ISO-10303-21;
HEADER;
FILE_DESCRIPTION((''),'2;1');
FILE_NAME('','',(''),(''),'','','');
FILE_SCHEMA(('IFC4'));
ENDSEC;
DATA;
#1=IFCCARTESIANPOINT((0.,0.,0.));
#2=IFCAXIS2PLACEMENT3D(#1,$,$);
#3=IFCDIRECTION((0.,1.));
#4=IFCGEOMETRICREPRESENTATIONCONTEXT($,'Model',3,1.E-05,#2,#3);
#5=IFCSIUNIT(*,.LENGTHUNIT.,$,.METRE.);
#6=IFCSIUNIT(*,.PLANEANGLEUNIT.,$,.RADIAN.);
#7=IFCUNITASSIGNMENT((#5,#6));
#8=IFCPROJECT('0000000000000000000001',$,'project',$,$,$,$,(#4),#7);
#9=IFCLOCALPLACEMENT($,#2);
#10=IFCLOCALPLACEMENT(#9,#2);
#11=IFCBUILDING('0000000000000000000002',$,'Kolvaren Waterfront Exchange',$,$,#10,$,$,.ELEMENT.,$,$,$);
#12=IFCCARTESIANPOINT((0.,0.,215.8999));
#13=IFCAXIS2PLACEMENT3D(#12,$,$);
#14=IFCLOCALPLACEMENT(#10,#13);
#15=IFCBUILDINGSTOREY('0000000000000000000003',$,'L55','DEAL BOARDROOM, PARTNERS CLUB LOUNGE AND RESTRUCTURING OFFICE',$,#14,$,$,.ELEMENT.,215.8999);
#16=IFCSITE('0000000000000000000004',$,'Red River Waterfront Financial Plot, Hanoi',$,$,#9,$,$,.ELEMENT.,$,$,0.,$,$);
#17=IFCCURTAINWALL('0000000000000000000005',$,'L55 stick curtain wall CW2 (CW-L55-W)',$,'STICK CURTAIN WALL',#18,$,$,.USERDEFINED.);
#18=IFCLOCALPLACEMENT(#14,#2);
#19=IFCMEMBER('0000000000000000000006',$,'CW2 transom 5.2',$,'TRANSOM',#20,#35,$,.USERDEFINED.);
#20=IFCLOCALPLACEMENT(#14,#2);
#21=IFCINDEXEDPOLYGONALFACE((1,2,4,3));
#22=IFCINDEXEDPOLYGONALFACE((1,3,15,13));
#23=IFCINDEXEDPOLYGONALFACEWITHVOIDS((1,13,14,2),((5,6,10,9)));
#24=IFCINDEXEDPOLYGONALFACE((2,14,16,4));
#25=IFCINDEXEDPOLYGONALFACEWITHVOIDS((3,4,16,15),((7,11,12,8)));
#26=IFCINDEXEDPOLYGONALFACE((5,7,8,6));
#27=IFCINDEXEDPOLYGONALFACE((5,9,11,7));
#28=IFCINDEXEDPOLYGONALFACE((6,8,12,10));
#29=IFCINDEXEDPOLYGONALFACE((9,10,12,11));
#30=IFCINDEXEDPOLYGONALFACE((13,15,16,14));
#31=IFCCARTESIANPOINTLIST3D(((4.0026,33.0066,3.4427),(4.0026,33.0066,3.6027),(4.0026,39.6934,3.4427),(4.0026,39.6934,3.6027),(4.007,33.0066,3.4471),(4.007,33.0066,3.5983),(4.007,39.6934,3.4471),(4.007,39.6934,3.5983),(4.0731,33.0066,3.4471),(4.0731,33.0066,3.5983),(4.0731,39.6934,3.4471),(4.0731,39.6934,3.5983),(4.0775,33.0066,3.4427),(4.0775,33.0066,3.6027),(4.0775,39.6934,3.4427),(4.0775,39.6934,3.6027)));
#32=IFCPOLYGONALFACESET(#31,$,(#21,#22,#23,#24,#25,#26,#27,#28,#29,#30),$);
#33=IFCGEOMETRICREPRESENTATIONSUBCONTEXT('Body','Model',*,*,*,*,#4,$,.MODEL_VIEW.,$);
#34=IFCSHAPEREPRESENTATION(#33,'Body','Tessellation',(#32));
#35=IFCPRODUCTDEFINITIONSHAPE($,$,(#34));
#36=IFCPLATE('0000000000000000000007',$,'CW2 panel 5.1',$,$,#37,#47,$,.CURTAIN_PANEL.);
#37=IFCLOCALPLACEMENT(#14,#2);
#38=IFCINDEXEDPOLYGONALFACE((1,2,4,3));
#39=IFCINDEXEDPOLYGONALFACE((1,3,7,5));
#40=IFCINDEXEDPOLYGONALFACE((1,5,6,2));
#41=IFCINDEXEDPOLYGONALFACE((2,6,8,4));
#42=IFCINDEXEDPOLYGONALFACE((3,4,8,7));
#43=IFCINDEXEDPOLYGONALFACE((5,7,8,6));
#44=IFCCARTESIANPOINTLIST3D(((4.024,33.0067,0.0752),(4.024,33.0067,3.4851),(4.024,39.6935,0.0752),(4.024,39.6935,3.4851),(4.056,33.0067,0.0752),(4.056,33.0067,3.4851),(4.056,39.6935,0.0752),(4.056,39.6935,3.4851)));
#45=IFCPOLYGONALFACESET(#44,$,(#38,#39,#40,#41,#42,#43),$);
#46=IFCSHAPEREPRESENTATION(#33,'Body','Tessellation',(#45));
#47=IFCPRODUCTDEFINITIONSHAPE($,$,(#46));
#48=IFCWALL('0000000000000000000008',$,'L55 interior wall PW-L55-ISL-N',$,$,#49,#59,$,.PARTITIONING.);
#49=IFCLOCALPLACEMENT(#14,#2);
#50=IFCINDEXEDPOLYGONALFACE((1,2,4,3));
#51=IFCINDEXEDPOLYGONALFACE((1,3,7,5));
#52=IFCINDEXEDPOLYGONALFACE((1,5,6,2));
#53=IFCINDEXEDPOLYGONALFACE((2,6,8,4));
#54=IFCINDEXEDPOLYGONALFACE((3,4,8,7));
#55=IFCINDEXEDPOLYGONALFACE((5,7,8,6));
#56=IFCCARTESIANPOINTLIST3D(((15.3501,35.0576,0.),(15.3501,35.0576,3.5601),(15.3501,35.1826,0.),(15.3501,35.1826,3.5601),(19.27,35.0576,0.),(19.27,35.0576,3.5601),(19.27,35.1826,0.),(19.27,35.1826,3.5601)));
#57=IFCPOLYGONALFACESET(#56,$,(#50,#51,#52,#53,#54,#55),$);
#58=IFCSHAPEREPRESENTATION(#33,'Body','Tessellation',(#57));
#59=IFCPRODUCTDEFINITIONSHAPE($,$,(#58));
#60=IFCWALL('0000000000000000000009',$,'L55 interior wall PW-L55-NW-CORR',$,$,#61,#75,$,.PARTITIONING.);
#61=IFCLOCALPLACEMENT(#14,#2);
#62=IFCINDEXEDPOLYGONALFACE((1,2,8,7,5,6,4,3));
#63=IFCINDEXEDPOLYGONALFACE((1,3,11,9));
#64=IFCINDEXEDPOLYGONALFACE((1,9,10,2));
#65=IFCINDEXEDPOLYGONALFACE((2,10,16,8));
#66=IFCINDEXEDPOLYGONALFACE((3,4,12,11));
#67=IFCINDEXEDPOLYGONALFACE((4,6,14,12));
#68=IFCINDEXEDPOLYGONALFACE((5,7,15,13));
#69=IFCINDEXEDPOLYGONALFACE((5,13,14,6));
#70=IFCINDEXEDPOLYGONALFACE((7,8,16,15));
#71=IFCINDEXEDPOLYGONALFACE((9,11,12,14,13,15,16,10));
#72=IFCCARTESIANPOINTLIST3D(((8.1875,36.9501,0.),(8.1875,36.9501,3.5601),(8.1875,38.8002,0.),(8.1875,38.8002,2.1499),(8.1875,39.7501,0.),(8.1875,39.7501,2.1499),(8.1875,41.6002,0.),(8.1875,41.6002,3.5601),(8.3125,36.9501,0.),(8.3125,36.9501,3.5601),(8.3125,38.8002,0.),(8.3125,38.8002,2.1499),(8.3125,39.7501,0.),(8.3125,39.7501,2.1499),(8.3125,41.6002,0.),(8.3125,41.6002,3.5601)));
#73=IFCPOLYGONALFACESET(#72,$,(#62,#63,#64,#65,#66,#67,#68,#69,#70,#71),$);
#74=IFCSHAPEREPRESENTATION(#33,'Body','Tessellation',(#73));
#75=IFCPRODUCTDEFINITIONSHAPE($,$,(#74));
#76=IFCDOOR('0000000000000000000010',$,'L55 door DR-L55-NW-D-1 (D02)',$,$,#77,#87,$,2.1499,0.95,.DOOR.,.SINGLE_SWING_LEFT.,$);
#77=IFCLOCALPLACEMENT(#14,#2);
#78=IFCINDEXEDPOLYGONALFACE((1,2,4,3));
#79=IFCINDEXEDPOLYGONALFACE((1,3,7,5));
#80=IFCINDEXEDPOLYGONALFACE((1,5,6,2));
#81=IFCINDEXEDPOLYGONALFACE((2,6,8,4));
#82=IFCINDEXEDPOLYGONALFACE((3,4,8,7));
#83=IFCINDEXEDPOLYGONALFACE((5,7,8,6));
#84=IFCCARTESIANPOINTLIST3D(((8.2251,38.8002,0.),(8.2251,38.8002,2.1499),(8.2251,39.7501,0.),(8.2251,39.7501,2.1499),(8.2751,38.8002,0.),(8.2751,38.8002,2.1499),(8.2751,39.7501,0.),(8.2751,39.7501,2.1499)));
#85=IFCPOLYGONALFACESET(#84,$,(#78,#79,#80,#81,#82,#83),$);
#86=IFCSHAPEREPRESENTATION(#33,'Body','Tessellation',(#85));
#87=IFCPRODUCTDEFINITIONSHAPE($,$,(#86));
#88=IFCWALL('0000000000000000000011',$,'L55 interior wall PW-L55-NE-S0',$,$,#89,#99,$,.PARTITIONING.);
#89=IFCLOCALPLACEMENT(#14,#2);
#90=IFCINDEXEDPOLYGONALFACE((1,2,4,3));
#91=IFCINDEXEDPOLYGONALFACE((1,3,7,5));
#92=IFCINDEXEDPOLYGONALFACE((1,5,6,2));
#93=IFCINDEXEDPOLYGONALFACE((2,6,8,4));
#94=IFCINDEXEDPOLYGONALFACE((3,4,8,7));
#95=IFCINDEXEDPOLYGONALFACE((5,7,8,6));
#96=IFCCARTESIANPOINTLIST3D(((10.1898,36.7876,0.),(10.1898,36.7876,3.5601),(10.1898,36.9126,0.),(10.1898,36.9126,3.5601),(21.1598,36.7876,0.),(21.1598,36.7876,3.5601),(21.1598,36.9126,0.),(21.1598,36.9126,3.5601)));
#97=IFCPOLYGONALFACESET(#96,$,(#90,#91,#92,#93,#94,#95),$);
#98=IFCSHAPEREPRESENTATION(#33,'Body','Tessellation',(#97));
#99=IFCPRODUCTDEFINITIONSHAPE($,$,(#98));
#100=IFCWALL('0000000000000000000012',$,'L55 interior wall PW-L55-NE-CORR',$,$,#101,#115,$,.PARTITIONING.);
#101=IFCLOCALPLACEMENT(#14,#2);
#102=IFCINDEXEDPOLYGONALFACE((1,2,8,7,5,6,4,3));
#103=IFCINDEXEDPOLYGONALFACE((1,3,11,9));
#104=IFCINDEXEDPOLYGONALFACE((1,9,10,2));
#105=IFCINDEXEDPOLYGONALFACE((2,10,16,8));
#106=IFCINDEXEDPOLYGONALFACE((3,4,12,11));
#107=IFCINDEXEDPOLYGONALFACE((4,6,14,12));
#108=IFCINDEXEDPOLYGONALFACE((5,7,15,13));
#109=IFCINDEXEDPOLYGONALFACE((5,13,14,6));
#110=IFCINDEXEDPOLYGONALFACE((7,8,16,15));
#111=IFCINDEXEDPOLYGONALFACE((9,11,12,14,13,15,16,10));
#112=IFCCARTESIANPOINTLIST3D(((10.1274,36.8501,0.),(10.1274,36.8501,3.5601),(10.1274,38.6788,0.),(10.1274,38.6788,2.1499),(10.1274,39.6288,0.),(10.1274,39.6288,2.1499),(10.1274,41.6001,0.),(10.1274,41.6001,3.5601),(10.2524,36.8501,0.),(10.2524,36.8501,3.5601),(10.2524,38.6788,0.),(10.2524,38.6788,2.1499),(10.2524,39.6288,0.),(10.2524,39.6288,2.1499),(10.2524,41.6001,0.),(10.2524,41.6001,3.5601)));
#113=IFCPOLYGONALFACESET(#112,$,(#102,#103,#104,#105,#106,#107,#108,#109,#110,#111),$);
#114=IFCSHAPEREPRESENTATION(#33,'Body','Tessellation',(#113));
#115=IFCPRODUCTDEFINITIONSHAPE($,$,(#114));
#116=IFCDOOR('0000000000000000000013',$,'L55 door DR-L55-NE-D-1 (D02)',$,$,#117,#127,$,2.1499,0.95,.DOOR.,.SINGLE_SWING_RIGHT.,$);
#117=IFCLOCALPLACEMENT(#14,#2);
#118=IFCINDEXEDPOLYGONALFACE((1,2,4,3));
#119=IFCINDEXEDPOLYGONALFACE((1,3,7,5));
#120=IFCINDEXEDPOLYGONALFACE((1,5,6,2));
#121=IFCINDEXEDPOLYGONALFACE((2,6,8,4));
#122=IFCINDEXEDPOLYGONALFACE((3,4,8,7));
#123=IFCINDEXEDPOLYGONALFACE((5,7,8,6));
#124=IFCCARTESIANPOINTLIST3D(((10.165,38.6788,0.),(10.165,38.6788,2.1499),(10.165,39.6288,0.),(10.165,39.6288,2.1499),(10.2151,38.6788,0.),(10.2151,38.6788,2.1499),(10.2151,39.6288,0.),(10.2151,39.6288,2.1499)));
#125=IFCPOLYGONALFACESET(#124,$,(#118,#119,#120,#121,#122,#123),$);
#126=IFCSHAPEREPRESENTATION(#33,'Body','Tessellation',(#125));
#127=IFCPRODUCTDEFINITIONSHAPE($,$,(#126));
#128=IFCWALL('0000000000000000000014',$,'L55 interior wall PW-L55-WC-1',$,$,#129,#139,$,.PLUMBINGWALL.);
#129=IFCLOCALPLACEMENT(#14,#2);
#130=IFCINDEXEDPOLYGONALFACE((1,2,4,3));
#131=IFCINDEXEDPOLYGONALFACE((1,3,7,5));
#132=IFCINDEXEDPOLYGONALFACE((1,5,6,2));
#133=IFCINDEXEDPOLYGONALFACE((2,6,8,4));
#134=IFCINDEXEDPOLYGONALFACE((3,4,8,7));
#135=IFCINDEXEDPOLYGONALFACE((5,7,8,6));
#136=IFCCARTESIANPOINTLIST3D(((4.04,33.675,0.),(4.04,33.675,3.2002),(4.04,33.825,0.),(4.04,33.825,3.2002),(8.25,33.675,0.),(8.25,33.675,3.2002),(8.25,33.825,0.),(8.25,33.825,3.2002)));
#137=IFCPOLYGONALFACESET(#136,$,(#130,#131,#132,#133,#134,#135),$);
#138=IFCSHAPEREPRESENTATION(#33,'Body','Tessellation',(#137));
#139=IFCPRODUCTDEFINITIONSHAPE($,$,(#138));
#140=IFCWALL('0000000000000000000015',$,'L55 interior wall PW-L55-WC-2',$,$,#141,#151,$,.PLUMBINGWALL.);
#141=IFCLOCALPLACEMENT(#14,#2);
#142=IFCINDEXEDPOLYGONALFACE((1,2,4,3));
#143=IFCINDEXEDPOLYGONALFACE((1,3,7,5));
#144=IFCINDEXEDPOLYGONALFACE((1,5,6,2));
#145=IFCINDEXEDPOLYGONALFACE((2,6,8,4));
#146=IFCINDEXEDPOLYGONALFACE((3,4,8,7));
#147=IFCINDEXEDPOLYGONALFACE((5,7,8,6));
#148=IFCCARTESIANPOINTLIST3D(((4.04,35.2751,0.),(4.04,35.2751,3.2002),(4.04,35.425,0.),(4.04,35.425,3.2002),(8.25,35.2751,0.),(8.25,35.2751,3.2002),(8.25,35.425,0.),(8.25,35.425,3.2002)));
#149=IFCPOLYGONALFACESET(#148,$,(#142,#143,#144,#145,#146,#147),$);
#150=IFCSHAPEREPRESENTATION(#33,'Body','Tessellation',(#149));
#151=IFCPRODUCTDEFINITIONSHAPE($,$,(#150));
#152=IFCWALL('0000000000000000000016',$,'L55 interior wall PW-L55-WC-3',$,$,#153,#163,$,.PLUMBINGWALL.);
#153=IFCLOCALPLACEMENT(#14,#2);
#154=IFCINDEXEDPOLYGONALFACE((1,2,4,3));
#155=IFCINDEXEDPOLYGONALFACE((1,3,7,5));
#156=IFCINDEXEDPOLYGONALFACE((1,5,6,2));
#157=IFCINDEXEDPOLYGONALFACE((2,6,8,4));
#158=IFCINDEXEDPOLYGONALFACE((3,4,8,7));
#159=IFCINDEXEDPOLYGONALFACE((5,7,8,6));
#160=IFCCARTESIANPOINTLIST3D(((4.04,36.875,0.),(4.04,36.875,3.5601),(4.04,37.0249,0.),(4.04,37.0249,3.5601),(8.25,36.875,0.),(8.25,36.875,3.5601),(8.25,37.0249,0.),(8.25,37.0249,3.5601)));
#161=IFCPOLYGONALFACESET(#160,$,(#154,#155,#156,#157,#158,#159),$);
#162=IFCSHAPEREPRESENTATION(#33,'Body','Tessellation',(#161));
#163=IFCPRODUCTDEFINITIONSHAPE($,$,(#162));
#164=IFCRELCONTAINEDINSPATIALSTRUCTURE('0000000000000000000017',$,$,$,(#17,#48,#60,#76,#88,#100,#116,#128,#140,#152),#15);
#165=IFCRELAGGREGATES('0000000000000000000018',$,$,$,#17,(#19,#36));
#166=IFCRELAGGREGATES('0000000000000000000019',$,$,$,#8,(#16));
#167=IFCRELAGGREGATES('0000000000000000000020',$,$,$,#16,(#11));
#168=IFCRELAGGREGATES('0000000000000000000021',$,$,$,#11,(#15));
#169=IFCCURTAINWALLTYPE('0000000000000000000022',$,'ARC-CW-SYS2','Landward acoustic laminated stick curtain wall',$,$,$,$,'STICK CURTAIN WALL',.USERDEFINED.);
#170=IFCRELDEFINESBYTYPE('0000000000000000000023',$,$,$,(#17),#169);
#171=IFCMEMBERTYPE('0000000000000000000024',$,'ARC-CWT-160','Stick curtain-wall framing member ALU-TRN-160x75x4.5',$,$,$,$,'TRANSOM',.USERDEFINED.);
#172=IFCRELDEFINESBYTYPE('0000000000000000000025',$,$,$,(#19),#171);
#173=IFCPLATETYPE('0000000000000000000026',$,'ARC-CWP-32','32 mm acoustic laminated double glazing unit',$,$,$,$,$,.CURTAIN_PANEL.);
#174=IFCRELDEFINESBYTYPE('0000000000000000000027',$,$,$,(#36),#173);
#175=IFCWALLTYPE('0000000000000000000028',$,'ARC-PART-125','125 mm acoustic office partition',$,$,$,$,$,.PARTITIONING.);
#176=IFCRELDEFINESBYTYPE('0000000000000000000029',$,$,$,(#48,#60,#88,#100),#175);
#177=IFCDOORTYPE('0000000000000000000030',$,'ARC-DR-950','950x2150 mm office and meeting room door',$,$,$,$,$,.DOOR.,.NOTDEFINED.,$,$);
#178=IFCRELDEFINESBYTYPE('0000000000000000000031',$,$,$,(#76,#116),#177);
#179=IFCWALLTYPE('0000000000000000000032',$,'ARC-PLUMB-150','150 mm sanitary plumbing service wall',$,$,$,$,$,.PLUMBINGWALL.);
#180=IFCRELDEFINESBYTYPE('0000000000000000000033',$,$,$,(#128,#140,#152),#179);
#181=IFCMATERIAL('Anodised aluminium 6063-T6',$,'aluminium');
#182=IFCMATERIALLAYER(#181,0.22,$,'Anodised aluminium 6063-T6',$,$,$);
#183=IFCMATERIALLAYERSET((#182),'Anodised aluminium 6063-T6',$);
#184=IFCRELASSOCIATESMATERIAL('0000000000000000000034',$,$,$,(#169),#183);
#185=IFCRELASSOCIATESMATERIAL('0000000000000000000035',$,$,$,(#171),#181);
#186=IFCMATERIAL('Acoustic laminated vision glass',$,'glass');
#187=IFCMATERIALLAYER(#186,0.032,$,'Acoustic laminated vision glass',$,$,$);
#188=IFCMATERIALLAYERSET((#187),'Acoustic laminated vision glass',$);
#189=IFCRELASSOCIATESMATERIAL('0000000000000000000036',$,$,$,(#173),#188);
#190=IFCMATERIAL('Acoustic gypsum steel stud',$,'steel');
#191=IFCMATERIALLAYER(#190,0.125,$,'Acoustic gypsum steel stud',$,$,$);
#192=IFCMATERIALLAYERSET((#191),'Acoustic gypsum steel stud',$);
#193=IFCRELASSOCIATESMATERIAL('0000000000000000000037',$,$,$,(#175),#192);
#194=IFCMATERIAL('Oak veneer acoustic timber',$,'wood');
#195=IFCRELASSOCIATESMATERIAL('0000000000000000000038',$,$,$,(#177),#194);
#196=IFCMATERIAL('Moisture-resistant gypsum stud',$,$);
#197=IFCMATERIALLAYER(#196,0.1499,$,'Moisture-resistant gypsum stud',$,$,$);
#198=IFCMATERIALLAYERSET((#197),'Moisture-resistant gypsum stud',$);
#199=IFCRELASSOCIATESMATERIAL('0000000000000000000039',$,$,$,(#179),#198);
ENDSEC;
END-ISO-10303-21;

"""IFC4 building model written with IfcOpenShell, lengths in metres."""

from ifc_helpers import new_model, si_unit, direction, frame, frame_2d, origin, origin_with_axes, origin_2d, place, context, subcontext, project, spatial, rectangle, hollow_rectangle, extrude, source, transform, mapped, material, layer, layer_set, material_profile, profile_set, type_object, element, fill, aggregate, save


model = new_model("IFC4")

# Units and contexts
model_context = context("Model", 3, precision=1e-05, world=origin(), true_north=direction((0.0, 1.0)))
body_context = subcontext(model_context, "Body", "Model", "MODEL_VIEW")
ifc_project = project(units=[si_unit("LENGTHUNIT", "METRE"), si_unit("PLANEANGLEUNIT", "RADIAN")], contexts=[model_context])

# Site, building, storey
site_placement = place(None, origin())
site = spatial("IfcSite", under=ifc_project, at=site_placement, Name="Red River Waterfront Financial Plot, Hanoi", CompositionType="ELEMENT", RefElevation=0.0)
building_placement = place(site_placement, origin())
building = spatial("IfcBuilding", under=site, at=building_placement, Name="Kolvaren Waterfront Exchange", CompositionType="ELEMENT")
storey_placement = place(building_placement, frame((0.0, 0.0, 215.8999)))
storey = spatial("IfcBuildingStorey", under=building, at=storey_placement, Name="L55", Description="DEAL BOARDROOM, PARTNERS CLUB LOUNGE AND RESTRUCTURING OFFICE", CompositionType="ELEMENT", Elevation=215.8999)

# Curtain wall, member, plate
ifc_material_1 = material(Name="Anodised aluminium 6063-T6", Category="aluminium")
ifc_layer_1 = layer(ifc_material_1, 0.22, Name="Anodised aluminium 6063-T6")
ifc_layer_set_1 = layer_set([ifc_layer_1], Name="Anodised aluminium 6063-T6")
curtain_wall_type = type_object("IfcCurtainWallType", Name="ARC-CW-SYS2", Description="Landward acoustic laminated stick curtain wall", ElementType="STICK CURTAIN WALL", PredefinedType="USERDEFINED", material=ifc_layer_set_1)
curtain_wall_placement = place(storey_placement, origin())
curtain_wall = element("IfcCurtainWall", 1, at=curtain_wall_placement, inside=storey, type_object=curtain_wall_type, Name="L55 stick curtain wall CW2 (CW-L55-W)", ObjectType="STICK CURTAIN WALL", PredefinedType="USERDEFINED")
ifc_material_profile_1 = material_profile(ifc_material_1, hollow_rectangle(XDim=0.075, YDim=0.1599, WallThickness=0.0044, at=origin_2d()), Name="ALU-TRN-160x75x4.5")
ifc_profile_set_1 = profile_set([ifc_material_profile_1], Name="Anodised aluminium 6063-T6")
member_type = type_object("IfcMemberType", Name="ARC-CWT-160", Description="Stick curtain-wall framing member ALU-TRN-160x75x4.5", ElementType="TRANSOM", PredefinedType="USERDEFINED", material=ifc_profile_set_1)
shared_shape_1 = source(origin_with_axes(), body_context, "Body", "SweptSolid", [
    extrude(hollow_rectangle(XDim=0.075, YDim=0.1599, WallThickness=0.0044, at=origin_2d()), origin(), (0.0, 0.0, 1.0), 6.6868),
])
member_placement = place(storey_placement, frame((4.04, 33.0066, 3.5227), z_axis=(0.0, 1.0, 0.0), x_axis=(-1.0, 0.0, 0.0)))
member = element("IfcMember", 2, at=member_placement, type_object=member_type, Name="CW2 transom 5.2", ObjectType="TRANSOM", PredefinedType="USERDEFINED", context=body_context, shape_type="MappedRepresentation", body=[
    mapped(shared_shape_1, transform((0.0, 0.0, 0.0), x_axis=(1.0, 0.0, 0.0), y_axis=(0.0, 1.0, 0.0), z_axis=(0.0, 0.0, 1.0), scale=1.0)),
])
ifc_material_2 = material(Name="Acoustic laminated vision glass", Category="glass")
ifc_layer_2 = layer(ifc_material_2, 0.032, Name="Acoustic laminated vision glass")
ifc_layer_set_2 = layer_set([ifc_layer_2], Name="Acoustic laminated vision glass")
plate_type = type_object("IfcPlateType", Name="ARC-CWP-32", Description="32 mm acoustic laminated double glazing unit", PredefinedType="CURTAIN_PANEL", material=ifc_layer_set_2)
shared_shape_2 = source(origin_with_axes(), body_context, "Body", "SweptSolid", [
    extrude(rectangle(XDim=6.6868, YDim=0.032, at=origin_2d()), origin(), (0.0, 0.0, 1.0), 3.4099),
])
plate_placement = place(storey_placement, frame((4.04, 36.3501, 0.0752), z_axis=(0.0, 0.0, 1.0), x_axis=(0.0, 1.0, 0.0)))
plate = element("IfcPlate", 3, at=plate_placement, type_object=plate_type, Name="CW2 panel 5.1", PredefinedType="CURTAIN_PANEL", context=body_context, shape_type="MappedRepresentation", body=[
    mapped(shared_shape_2, transform((0.0, 0.0, 0.0), x_axis=(1.0, 0.0, 0.0), y_axis=(0.0, 1.0, 0.0), z_axis=(0.0, 0.0, 1.0), scale=1.0)),
])
aggregate(curtain_wall, [member, plate])

# Wall
ifc_material_3 = material(Name="Acoustic gypsum steel stud", Category="steel")
ifc_layer_3 = layer(ifc_material_3, 0.125, Name="Acoustic gypsum steel stud")
ifc_layer_set_3 = layer_set([ifc_layer_3], Name="Acoustic gypsum steel stud")
wall_type_1 = type_object("IfcWallType", Name="ARC-PART-125", Description="125 mm acoustic office partition", PredefinedType="PARTITIONING", material=ifc_layer_set_3)
wall_1_placement = place(storey_placement, frame((15.3501, 35.1201, 0.0), z_axis=(0.0, 0.0, 1.0), x_axis=(1.0, 0.0, 0.0)))
element("IfcWall", 4, at=wall_1_placement, inside=storey, type_object=wall_type_1, Name="L55 interior wall PW-L55-ISL-N", PredefinedType="PARTITIONING", context=body_context, shape_type="SweptSolid", body=[
    extrude(rectangle(XDim=3.9199, YDim=0.125, at=frame_2d((1.96, 0.0))), origin(), (0.0, 0.0, 1.0), 3.5601),
])

# Wall, opening, door
wall_2_placement = place(storey_placement, frame((8.25, 36.95, 0.0), z_axis=(0.0, 0.0, 1.0), x_axis=(0.0, 1.0, 0.0)))
wall_2 = element("IfcWall", 5, at=wall_2_placement, inside=storey, type_object=wall_type_1, Name="L55 interior wall PW-L55-NW-CORR", PredefinedType="PARTITIONING", context=body_context, shape_type="SweptSolid", body=[
    extrude(rectangle(XDim=4.6501, YDim=0.125, at=frame_2d((2.3252, 0.0))), origin(), (0.0, 0.0, 1.0), 3.5601),
])
opening_1_placement = place(wall_2_placement, frame((1.8501, 0.0, 0.0)))
opening_1 = element("IfcOpeningElement", 6, at=opening_1_placement, cuts=wall_2, PredefinedType="OPENING", context=body_context, shape_type="SweptSolid", body=[
    extrude(rectangle(XDim=0.95, YDim=2.1499, at=frame_2d((0.4751, 1.075))), frame((0.0, 0.0725, 0.0), z_axis=(0.0, -1.0, 0.0), x_axis=(1.0, 0.0, 0.0)), (0.0, 0.0, 1.0), 0.145),
])
ifc_material_4 = material(Name="Oak veneer acoustic timber", Category="wood")
door_type = type_object("IfcDoorType", Name="ARC-DR-950", Description="950x2150 mm office and meeting room door", OperationType="NOTDEFINED", PredefinedType="DOOR", material=ifc_material_4)
door_1_placement = place(opening_1_placement, origin())
door_1 = element("IfcDoor", 7, at=door_1_placement, inside=storey, type_object=door_type, Name="L55 door DR-L55-NW-D-1 (D02)", OperationType="SINGLE_SWING_LEFT", OverallHeight=2.1499, OverallWidth=0.95, PredefinedType="DOOR", context=body_context, shape_type="SweptSolid", body=[
    extrude(rectangle(XDim=0.95, YDim=2.1499, at=frame_2d((0.4751, 1.075))), frame((0.0, 0.0249, 0.0), z_axis=(0.0, -1.0, 0.0), x_axis=(1.0, 0.0, 0.0)), (0.0, 0.0, 1.0), 0.05),
])
fill(opening_1, door_1)

# Wall
wall_3_placement = place(storey_placement, frame((10.1899, 36.8501, 0.0), z_axis=(0.0, 0.0, 1.0), x_axis=(1.0, 0.0, 0.0)))
element("IfcWall", 8, at=wall_3_placement, inside=storey, type_object=wall_type_1, Name="L55 interior wall PW-L55-NE-S0", PredefinedType="PARTITIONING", context=body_context, shape_type="SweptSolid", body=[
    extrude(rectangle(XDim=10.97, YDim=0.125, at=frame_2d((5.4849, 0.0))), origin(), (0.0, 0.0, 1.0), 3.5601),
])

# Wall, opening, door
wall_4_placement = place(storey_placement, frame((10.1899, 36.8501, 0.0), z_axis=(0.0, 0.0, 1.0), x_axis=(0.0, 1.0, 0.0)))
wall_4 = element("IfcWall", 9, at=wall_4_placement, inside=storey, type_object=wall_type_1, Name="L55 interior wall PW-L55-NE-CORR", PredefinedType="PARTITIONING", context=body_context, shape_type="SweptSolid", body=[
    extrude(rectangle(XDim=4.75, YDim=0.125, at=frame_2d((2.375, 0.0))), origin(), (0.0, 0.0, 1.0), 3.5601),
])
opening_2_placement = place(wall_4_placement, frame((1.8286, 0.0, 0.0)))
opening_2 = element("IfcOpeningElement", 10, at=opening_2_placement, cuts=wall_4, PredefinedType="OPENING", context=body_context, shape_type="SweptSolid", body=[
    extrude(rectangle(XDim=0.95, YDim=2.1499, at=frame_2d((0.4751, 1.075))), frame((0.0, 0.0725, 0.0), z_axis=(0.0, -1.0, 0.0), x_axis=(1.0, 0.0, 0.0)), (0.0, 0.0, 1.0), 0.145),
])
door_2_placement = place(opening_2_placement, origin())
door_2 = element("IfcDoor", 11, at=door_2_placement, inside=storey, type_object=door_type, Name="L55 door DR-L55-NE-D-1 (D02)", OperationType="SINGLE_SWING_RIGHT", OverallHeight=2.1499, OverallWidth=0.95, PredefinedType="DOOR", context=body_context, shape_type="SweptSolid", body=[
    extrude(rectangle(XDim=0.95, YDim=2.1499, at=frame_2d((0.4751, 1.075))), frame((0.0, 0.0249, 0.0), z_axis=(0.0, -1.0, 0.0), x_axis=(1.0, 0.0, 0.0)), (0.0, 0.0, 1.0), 0.05),
])
fill(opening_2, door_2)

# Walls
ifc_material_5 = material(Name="Moisture-resistant gypsum stud")
ifc_layer_4 = layer(ifc_material_5, 0.1499, Name="Moisture-resistant gypsum stud")
ifc_layer_set_4 = layer_set([ifc_layer_4], Name="Moisture-resistant gypsum stud")
wall_type_2 = type_object("IfcWallType", Name="ARC-PLUMB-150", Description="150 mm sanitary plumbing service wall", PredefinedType="PLUMBINGWALL", material=ifc_layer_set_4)
for number, where, z_axis, x_axis, name in (
    (12, (4.04, 33.75, 0.0), (0.0, 0.0, 1.0), (1.0, 0.0, 0.0), "L55 interior wall PW-L55-WC-1"),
    (13, (4.04, 35.3501, 0.0), (0.0, 0.0, 1.0), (1.0, 0.0, 0.0), "L55 interior wall PW-L55-WC-2"),
):
    element("IfcWall", number, at=place(storey_placement, frame(where, z_axis=z_axis, x_axis=x_axis)), inside=storey, type_object=wall_type_2, Name=name, PredefinedType="PLUMBINGWALL", context=body_context, shape_type="SweptSolid", body=[
        extrude(rectangle(XDim=4.21, YDim=0.1499, at=frame_2d((2.105, 0.0))), origin(), (0.0, 0.0, 1.0), 3.2002),
    ])
wall_5_placement = place(storey_placement, frame((4.04, 36.95, 0.0), z_axis=(0.0, 0.0, 1.0), x_axis=(1.0, 0.0, 0.0)))
element("IfcWall", 14, at=wall_5_placement, inside=storey, type_object=wall_type_2, Name="L55 interior wall PW-L55-WC-3", PredefinedType="PLUMBINGWALL", context=body_context, shape_type="SweptSolid", body=[
    extrude(rectangle(XDim=4.21, YDim=0.1499, at=frame_2d((2.105, 0.0))), origin(), (0.0, 0.0, 1.0), 3.5601),
])

save(model, "model.ifc")
